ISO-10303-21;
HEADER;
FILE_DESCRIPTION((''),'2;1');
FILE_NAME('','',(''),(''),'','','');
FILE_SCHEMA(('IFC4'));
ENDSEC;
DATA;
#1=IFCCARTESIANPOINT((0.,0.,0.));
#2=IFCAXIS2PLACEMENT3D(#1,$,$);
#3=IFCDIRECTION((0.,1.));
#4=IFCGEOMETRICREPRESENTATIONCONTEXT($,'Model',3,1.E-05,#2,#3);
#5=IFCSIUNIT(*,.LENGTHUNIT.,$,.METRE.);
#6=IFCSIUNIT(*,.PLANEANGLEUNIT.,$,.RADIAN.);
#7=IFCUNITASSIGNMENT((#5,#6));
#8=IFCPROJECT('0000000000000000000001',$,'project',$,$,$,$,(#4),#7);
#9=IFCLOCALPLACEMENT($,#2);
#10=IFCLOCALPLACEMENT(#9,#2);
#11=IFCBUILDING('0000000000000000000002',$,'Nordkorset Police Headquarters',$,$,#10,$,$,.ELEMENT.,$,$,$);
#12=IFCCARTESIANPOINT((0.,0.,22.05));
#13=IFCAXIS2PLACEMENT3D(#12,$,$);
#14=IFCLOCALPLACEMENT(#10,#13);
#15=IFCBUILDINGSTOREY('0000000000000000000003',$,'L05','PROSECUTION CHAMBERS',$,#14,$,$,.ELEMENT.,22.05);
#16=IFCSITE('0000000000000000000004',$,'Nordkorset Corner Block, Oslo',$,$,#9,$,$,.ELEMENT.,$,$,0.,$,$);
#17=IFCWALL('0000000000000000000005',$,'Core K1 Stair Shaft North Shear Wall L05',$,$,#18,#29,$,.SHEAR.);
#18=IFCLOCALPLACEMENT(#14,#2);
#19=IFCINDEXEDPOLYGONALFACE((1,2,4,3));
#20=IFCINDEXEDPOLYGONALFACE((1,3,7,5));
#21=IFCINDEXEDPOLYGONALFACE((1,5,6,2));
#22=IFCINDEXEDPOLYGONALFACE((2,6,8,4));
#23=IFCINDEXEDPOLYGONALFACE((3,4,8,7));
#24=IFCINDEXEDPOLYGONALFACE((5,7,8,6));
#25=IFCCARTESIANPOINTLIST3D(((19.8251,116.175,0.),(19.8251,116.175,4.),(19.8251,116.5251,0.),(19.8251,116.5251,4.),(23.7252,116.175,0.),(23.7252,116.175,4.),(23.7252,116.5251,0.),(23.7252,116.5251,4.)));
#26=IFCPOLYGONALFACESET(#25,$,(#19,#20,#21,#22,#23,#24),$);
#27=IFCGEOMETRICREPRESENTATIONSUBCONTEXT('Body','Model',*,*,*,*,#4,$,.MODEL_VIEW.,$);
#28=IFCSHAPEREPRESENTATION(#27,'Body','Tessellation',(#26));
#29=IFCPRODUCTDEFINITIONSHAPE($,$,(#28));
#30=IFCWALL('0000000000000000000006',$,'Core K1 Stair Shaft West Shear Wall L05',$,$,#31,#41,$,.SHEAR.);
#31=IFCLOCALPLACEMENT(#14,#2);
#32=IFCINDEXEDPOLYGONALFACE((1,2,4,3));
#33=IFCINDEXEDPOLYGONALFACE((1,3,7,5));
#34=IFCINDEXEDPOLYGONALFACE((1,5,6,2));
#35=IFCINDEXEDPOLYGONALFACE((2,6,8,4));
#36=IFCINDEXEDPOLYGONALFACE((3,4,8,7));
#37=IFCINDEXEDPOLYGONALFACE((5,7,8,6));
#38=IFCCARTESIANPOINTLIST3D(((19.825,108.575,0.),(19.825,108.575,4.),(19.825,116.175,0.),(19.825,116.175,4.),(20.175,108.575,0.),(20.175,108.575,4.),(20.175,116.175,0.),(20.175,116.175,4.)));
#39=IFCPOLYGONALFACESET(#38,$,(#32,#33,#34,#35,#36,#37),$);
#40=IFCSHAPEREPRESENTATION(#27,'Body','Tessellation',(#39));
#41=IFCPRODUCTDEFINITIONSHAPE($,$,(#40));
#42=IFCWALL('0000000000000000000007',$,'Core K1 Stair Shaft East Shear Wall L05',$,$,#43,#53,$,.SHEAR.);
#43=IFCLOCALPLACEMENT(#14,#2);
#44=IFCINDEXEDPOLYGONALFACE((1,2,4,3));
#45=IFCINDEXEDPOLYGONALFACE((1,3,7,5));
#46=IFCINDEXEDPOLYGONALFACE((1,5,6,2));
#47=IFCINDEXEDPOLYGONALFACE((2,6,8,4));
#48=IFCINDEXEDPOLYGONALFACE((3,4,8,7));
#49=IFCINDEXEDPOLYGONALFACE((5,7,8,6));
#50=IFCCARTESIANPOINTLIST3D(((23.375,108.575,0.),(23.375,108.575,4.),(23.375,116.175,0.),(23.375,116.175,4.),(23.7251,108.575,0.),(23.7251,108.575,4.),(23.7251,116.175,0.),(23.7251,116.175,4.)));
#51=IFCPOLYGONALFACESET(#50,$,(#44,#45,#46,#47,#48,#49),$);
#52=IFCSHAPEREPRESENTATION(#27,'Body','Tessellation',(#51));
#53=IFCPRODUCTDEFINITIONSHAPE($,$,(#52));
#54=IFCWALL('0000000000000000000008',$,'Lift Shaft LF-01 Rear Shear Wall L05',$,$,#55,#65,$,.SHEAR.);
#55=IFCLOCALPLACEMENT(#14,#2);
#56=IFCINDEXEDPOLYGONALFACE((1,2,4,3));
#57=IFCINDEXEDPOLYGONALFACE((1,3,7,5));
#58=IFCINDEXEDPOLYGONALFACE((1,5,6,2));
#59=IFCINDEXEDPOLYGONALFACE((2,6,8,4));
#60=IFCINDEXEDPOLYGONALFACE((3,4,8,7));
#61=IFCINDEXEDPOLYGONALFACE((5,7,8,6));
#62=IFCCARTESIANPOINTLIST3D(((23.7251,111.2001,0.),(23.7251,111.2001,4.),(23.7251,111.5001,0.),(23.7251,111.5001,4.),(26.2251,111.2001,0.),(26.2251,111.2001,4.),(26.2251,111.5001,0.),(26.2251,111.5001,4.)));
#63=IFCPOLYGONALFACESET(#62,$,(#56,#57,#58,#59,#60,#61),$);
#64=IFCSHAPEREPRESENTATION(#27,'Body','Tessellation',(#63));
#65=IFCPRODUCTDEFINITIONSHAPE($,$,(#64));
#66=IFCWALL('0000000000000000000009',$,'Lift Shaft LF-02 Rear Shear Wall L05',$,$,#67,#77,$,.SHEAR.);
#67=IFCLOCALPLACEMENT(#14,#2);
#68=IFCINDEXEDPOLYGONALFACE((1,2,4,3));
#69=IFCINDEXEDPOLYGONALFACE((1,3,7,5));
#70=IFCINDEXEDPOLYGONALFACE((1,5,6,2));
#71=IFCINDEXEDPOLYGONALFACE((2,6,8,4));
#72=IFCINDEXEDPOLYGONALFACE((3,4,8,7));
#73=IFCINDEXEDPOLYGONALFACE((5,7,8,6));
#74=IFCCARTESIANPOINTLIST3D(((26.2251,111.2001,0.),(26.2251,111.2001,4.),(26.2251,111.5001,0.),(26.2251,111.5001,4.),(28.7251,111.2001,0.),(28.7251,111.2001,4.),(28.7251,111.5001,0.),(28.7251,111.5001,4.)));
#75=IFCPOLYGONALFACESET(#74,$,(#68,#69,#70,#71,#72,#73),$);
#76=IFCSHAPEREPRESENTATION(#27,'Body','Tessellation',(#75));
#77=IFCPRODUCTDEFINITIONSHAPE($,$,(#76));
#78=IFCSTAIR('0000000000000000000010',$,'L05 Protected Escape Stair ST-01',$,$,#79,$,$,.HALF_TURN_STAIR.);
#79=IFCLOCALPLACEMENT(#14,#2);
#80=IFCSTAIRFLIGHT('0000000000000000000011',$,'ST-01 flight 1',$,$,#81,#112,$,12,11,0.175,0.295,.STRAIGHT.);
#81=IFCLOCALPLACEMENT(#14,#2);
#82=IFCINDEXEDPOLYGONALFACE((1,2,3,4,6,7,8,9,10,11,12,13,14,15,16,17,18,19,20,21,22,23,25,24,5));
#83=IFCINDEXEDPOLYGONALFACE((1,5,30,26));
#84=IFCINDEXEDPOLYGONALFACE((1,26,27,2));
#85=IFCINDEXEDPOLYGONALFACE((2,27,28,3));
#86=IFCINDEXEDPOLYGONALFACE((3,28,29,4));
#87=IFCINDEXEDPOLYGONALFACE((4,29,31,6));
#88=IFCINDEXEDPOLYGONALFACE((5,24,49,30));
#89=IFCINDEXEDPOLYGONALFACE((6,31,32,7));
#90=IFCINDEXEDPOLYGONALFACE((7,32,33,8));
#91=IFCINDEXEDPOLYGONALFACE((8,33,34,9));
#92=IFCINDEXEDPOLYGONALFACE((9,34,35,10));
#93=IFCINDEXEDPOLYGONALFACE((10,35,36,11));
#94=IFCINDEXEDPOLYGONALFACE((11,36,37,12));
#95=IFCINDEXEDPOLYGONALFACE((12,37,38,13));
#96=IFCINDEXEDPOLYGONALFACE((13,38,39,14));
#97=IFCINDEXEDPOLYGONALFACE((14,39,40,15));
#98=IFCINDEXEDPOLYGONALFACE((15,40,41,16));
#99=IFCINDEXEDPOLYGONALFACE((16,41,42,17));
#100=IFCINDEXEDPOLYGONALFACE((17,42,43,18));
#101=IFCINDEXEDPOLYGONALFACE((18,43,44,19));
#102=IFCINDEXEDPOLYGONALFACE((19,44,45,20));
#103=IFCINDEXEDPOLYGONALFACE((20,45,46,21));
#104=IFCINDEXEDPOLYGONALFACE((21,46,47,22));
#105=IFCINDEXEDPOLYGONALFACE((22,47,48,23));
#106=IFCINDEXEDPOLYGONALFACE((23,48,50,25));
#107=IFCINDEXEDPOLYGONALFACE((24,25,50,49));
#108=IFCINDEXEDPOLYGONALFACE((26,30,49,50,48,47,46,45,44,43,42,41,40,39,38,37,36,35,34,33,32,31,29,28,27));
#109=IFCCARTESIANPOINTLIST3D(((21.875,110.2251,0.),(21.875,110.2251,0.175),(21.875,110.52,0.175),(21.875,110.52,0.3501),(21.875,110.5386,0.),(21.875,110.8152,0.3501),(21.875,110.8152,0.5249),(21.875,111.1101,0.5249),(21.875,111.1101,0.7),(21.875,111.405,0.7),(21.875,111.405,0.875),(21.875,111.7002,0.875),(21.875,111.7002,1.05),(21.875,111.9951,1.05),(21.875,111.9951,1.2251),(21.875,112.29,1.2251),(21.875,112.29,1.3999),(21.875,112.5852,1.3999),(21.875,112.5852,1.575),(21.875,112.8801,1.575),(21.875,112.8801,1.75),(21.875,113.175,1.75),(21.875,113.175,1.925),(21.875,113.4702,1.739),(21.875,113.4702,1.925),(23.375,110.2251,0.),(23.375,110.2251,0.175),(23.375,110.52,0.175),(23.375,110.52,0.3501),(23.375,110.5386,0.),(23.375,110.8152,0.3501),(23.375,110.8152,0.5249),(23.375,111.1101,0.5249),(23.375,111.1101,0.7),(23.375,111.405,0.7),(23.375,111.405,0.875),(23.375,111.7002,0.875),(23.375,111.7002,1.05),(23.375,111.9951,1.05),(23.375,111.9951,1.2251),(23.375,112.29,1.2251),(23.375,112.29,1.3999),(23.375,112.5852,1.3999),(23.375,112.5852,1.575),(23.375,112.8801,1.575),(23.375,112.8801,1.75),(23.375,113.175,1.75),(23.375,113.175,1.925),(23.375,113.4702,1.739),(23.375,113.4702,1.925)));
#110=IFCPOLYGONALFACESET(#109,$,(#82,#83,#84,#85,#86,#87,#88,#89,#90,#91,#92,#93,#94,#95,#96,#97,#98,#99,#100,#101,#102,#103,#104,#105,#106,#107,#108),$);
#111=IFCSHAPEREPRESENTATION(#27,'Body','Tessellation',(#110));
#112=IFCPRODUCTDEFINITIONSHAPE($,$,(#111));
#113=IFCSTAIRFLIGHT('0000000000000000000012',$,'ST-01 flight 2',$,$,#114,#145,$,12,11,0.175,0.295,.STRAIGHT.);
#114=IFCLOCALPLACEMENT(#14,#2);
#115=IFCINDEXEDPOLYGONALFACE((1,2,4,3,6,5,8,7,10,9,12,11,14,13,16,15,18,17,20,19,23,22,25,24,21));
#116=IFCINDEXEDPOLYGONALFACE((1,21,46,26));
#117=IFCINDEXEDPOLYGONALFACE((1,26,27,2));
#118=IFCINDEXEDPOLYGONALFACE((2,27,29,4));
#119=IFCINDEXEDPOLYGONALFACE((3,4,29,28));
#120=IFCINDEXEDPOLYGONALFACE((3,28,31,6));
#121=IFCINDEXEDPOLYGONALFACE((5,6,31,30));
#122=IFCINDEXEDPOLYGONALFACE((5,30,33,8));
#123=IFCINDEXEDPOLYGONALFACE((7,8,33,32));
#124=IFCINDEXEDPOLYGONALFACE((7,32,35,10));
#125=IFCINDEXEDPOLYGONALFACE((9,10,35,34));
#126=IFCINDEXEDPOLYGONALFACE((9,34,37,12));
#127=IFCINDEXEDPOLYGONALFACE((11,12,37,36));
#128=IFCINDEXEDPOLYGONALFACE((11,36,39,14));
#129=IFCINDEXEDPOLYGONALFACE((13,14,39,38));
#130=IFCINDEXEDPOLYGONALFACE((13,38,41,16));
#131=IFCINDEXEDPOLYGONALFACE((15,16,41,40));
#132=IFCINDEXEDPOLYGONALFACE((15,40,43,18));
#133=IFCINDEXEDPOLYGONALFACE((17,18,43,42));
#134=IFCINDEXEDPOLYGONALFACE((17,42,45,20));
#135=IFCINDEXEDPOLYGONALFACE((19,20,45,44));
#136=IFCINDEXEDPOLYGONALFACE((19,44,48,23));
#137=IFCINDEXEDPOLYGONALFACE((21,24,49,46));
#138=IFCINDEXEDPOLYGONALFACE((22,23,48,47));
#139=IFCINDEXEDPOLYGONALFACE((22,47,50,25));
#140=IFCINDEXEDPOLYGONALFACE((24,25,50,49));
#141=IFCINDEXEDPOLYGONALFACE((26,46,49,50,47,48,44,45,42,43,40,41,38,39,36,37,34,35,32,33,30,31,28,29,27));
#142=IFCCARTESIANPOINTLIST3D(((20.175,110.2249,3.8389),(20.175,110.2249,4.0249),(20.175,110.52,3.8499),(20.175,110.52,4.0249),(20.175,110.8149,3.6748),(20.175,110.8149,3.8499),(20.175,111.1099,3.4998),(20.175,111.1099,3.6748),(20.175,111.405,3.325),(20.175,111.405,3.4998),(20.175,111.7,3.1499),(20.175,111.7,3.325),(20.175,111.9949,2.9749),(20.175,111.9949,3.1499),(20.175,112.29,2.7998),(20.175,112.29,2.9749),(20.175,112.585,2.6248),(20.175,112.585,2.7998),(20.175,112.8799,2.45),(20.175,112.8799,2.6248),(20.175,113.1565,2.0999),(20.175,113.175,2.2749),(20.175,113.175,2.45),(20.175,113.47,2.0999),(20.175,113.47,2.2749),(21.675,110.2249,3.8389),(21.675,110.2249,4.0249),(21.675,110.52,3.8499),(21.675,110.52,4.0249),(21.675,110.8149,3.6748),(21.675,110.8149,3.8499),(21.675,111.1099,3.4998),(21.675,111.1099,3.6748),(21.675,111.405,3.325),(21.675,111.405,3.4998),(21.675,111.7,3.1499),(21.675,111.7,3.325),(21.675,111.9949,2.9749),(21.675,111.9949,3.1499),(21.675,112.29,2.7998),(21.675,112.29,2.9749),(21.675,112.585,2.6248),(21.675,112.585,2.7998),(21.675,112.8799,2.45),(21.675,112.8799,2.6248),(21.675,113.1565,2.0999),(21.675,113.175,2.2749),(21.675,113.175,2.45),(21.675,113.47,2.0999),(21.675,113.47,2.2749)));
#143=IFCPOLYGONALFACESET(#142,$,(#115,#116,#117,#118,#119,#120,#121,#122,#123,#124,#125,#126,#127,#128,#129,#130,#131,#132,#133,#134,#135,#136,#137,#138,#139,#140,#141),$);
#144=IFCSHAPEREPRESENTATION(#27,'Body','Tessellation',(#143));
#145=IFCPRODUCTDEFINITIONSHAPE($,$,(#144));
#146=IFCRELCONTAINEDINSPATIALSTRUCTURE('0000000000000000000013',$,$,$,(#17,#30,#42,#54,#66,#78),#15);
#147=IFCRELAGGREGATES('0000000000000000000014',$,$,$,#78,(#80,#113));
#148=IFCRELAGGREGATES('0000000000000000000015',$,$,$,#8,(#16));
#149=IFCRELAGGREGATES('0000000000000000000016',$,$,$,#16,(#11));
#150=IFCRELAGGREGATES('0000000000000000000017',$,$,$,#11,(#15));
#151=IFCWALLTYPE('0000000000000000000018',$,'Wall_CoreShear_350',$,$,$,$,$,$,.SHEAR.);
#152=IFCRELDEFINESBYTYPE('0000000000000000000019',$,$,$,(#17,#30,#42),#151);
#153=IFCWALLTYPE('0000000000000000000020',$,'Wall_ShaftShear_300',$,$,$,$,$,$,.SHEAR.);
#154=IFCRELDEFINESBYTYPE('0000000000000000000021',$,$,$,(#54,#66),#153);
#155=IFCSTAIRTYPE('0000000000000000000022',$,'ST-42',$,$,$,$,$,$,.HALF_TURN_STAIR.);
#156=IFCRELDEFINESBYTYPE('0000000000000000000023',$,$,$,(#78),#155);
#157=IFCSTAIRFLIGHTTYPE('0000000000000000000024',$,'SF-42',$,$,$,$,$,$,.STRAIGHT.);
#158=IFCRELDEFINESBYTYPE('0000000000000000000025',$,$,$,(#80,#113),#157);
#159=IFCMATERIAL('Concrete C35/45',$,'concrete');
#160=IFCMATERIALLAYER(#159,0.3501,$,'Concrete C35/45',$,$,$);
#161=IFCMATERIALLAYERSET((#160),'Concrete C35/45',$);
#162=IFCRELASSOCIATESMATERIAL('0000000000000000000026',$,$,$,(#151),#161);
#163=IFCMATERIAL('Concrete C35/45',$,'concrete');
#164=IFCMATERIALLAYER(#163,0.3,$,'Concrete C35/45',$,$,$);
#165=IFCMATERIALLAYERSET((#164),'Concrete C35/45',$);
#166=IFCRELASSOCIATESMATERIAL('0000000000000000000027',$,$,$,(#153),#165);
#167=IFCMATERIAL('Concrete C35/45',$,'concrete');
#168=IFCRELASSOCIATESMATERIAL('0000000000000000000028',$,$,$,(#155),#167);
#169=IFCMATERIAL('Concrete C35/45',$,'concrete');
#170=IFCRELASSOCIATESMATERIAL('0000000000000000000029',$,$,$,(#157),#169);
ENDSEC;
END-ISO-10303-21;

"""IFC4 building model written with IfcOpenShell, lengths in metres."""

from ifc_helpers import new_model, si_unit, direction, frame, frame_2d, origin, place, context, subcontext, project, spatial, polyline, rectangle, outline, extrude, material, layer, layer_set, type_object, element, aggregate, save


model = new_model("IFC4")

# Units and contexts
model_context = context("Model", 3, precision=1e-05, world=origin(), true_north=direction((0.0, 1.0)))
body_context = subcontext(model_context, "Body", "Model", "MODEL_VIEW")
ifc_project = project(units=[si_unit("LENGTHUNIT", "METRE"), si_unit("PLANEANGLEUNIT", "RADIAN")], contexts=[model_context])

# Site, building, storey
site_placement = place(None, origin())
site = spatial("IfcSite", under=ifc_project, at=site_placement, Name="Nordkorset Corner Block, Oslo", CompositionType="ELEMENT", RefElevation=0.0)
building_placement = place(site_placement, origin())
building = spatial("IfcBuilding", under=site, at=building_placement, Name="Nordkorset Police Headquarters", CompositionType="ELEMENT")
storey_placement = place(building_placement, frame((0.0, 0.0, 22.05)))
storey = spatial("IfcBuildingStorey", under=building, at=storey_placement, Name="L05", Description="PROSECUTION CHAMBERS", CompositionType="ELEMENT", Elevation=22.05)

# Walls
ifc_material_1 = material(Name="Concrete C35/45", Category="concrete")
ifc_layer_1 = layer(ifc_material_1, 0.3501, Name="Concrete C35/45")
ifc_layer_set_1 = layer_set([ifc_layer_1], Name="Concrete C35/45")
wall_type_1 = type_object("IfcWallType", Name="Wall_CoreShear_350", PredefinedType="SHEAR", material=ifc_layer_set_1)
wall_placement = place(storey_placement, frame((19.825, 116.3501, 0.0), z_axis=(0.0, 0.0, 1.0), x_axis=(1.0, 0.0, 0.0)))
element("IfcWall", 1, at=wall_placement, inside=storey, type_object=wall_type_1, Name="Core K1 Stair Shaft North Shear Wall L05", PredefinedType="SHEAR", context=body_context, shape_type="SweptSolid", body=[
    extrude(rectangle(XDim=3.9001, YDim=0.3501, at=frame_2d((1.9502, 0.0))), origin(), (0.0, 0.0, 1.0), 4.0),
])
for number, where, z_axis, x_axis, name in (
    (2, (20.0, 108.575, 0.0), (0.0, 0.0, 1.0), (0.0, 1.0, 0.0), "Core K1 Stair Shaft West Shear Wall L05"),
    (3, (23.55, 108.575, 0.0), (0.0, 0.0, 1.0), (0.0, 1.0, 0.0), "Core K1 Stair Shaft East Shear Wall L05"),
):
    element("IfcWall", number, at=place(storey_placement, frame(where, z_axis=z_axis, x_axis=x_axis)), inside=storey, type_object=wall_type_1, Name=name, PredefinedType="SHEAR", context=body_context, shape_type="SweptSolid", body=[
        extrude(rectangle(XDim=7.6001, YDim=0.3501, at=frame_2d((3.8, 0.0))), origin(), (0.0, 0.0, 1.0), 4.0),
    ])
ifc_material_2 = material(Name="Concrete C35/45", Category="concrete")
ifc_layer_2 = layer(ifc_material_2, 0.3, Name="Concrete C35/45")
ifc_layer_set_2 = layer_set([ifc_layer_2], Name="Concrete C35/45")
wall_type_2 = type_object("IfcWallType", Name="Wall_ShaftShear_300", PredefinedType="SHEAR", material=ifc_layer_set_2)
for number, where, z_axis, x_axis, name in (
    (4, (23.7251, 111.3501, 0.0), (0.0, 0.0, 1.0), (1.0, 0.0, 0.0), "Lift Shaft LF-01 Rear Shear Wall L05"),
    (5, (26.2251, 111.3501, 0.0), (0.0, 0.0, 1.0), (1.0, 0.0, 0.0), "Lift Shaft LF-02 Rear Shear Wall L05"),
):
    element("IfcWall", number, at=place(storey_placement, frame(where, z_axis=z_axis, x_axis=x_axis)), inside=storey, type_object=wall_type_2, Name=name, PredefinedType="SHEAR", context=body_context, shape_type="SweptSolid", body=[
        extrude(rectangle(XDim=2.5, YDim=0.3, at=frame_2d((1.25, 0.0))), origin(), (0.0, 0.0, 1.0), 4.0),
    ])

# Stair, stair flights
ifc_material_3 = material(Name="Concrete C35/45", Category="concrete")
stair_type = type_object("IfcStairType", Name="ST-42", PredefinedType="HALF_TURN_STAIR", material=ifc_material_3)
stair_placement = place(storey_placement, origin())
stair = element("IfcStair", 6, at=stair_placement, inside=storey, type_object=stair_type, Name="L05 Protected Escape Stair ST-01", PredefinedType="HALF_TURN_STAIR")
ifc_material_4 = material(Name="Concrete C35/45", Category="concrete")
stair_flight_type = type_object("IfcStairFlightType", Name="SF-42", PredefinedType="STRAIGHT", material=ifc_material_4)
stair_flight_1_placement = place(storey_placement, frame((22.625, 110.2251, 0.0), z_axis=(0.0, 0.0, 1.0), x_axis=(0.0, 1.0, 0.0)))
stair_flight_1 = element("IfcStairFlight", 7, at=stair_flight_1_placement, type_object=stair_flight_type, Name="ST-01 flight 1", NumberOfRisers=12, NumberOfTreads=11, PredefinedType="STRAIGHT", RiserHeight=0.175, TreadLength=0.295, context=body_context, shape_type="SweptSolid", body=[
    extrude(outline(polyline([(0.0, 0.0), (0.0, 0.175), (0.2949, 0.175), (0.2949, 0.3501), (0.5901, 0.3501), (0.5901, 0.5249), (0.885, 0.5249), (0.885, 0.7), (1.1799, 0.7), (1.1799, 0.875), (1.4751, 0.875), (1.4751, 1.05), (1.77, 1.05), (1.77, 1.2251), (2.0649, 1.2251), (2.0649, 1.3999), (2.3601, 1.3999), (2.3601, 1.575), (2.655, 1.575), (2.655, 1.75), (2.95, 1.75), (2.95, 1.925), (3.2451, 1.925), (3.2451, 2.1001), (3.2451, 1.739), (0.3135, 0.0), (0.0, 0.0)])), frame((0.0, 0.75, 0.0), z_axis=(0.0, -1.0, 0.0), x_axis=(1.0, 0.0, 0.0)), (0.0, 0.0, 1.0), 1.5),
])
stair_flight_2_placement = place(storey_placement, frame((20.925, 113.47, 2.0999), z_axis=(0.0, 0.0, 1.0), x_axis=(0.0, -1.0, 0.0)))
stair_flight_2 = element("IfcStairFlight", 8, at=stair_flight_2_placement, type_object=stair_flight_type, Name="ST-01 flight 2", NumberOfRisers=12, NumberOfTreads=11, PredefinedType="STRAIGHT", RiserHeight=0.175, TreadLength=0.295, context=body_context, shape_type="SweptSolid", body=[
    extrude(outline(polyline([(0.0, 0.0), (0.0, 0.175), (0.2949, 0.175), (0.2949, 0.3501), (0.5901, 0.3501), (0.5901, 0.5249), (0.885, 0.5249), (0.885, 0.7), (1.1799, 0.7), (1.1799, 0.875), (1.4751, 0.875), (1.4751, 1.05), (1.77, 1.05), (1.77, 1.2251), (2.0649, 1.2251), (2.0649, 1.3999), (2.3601, 1.3999), (2.3601, 1.575), (2.655, 1.575), (2.655, 1.75), (2.95, 1.75), (2.95, 1.925), (3.2451, 1.925), (3.2451, 2.1001), (3.2451, 1.739), (0.3135, 0.0), (0.0, 0.0)])), frame((0.0, 0.75, 0.0), z_axis=(0.0, -1.0, 0.0), x_axis=(1.0, 0.0, 0.0)), (0.0, 0.0, 1.0), 1.5),
])
aggregate(stair, [stair_flight_1, stair_flight_2])

save(model, "model.ifc")
